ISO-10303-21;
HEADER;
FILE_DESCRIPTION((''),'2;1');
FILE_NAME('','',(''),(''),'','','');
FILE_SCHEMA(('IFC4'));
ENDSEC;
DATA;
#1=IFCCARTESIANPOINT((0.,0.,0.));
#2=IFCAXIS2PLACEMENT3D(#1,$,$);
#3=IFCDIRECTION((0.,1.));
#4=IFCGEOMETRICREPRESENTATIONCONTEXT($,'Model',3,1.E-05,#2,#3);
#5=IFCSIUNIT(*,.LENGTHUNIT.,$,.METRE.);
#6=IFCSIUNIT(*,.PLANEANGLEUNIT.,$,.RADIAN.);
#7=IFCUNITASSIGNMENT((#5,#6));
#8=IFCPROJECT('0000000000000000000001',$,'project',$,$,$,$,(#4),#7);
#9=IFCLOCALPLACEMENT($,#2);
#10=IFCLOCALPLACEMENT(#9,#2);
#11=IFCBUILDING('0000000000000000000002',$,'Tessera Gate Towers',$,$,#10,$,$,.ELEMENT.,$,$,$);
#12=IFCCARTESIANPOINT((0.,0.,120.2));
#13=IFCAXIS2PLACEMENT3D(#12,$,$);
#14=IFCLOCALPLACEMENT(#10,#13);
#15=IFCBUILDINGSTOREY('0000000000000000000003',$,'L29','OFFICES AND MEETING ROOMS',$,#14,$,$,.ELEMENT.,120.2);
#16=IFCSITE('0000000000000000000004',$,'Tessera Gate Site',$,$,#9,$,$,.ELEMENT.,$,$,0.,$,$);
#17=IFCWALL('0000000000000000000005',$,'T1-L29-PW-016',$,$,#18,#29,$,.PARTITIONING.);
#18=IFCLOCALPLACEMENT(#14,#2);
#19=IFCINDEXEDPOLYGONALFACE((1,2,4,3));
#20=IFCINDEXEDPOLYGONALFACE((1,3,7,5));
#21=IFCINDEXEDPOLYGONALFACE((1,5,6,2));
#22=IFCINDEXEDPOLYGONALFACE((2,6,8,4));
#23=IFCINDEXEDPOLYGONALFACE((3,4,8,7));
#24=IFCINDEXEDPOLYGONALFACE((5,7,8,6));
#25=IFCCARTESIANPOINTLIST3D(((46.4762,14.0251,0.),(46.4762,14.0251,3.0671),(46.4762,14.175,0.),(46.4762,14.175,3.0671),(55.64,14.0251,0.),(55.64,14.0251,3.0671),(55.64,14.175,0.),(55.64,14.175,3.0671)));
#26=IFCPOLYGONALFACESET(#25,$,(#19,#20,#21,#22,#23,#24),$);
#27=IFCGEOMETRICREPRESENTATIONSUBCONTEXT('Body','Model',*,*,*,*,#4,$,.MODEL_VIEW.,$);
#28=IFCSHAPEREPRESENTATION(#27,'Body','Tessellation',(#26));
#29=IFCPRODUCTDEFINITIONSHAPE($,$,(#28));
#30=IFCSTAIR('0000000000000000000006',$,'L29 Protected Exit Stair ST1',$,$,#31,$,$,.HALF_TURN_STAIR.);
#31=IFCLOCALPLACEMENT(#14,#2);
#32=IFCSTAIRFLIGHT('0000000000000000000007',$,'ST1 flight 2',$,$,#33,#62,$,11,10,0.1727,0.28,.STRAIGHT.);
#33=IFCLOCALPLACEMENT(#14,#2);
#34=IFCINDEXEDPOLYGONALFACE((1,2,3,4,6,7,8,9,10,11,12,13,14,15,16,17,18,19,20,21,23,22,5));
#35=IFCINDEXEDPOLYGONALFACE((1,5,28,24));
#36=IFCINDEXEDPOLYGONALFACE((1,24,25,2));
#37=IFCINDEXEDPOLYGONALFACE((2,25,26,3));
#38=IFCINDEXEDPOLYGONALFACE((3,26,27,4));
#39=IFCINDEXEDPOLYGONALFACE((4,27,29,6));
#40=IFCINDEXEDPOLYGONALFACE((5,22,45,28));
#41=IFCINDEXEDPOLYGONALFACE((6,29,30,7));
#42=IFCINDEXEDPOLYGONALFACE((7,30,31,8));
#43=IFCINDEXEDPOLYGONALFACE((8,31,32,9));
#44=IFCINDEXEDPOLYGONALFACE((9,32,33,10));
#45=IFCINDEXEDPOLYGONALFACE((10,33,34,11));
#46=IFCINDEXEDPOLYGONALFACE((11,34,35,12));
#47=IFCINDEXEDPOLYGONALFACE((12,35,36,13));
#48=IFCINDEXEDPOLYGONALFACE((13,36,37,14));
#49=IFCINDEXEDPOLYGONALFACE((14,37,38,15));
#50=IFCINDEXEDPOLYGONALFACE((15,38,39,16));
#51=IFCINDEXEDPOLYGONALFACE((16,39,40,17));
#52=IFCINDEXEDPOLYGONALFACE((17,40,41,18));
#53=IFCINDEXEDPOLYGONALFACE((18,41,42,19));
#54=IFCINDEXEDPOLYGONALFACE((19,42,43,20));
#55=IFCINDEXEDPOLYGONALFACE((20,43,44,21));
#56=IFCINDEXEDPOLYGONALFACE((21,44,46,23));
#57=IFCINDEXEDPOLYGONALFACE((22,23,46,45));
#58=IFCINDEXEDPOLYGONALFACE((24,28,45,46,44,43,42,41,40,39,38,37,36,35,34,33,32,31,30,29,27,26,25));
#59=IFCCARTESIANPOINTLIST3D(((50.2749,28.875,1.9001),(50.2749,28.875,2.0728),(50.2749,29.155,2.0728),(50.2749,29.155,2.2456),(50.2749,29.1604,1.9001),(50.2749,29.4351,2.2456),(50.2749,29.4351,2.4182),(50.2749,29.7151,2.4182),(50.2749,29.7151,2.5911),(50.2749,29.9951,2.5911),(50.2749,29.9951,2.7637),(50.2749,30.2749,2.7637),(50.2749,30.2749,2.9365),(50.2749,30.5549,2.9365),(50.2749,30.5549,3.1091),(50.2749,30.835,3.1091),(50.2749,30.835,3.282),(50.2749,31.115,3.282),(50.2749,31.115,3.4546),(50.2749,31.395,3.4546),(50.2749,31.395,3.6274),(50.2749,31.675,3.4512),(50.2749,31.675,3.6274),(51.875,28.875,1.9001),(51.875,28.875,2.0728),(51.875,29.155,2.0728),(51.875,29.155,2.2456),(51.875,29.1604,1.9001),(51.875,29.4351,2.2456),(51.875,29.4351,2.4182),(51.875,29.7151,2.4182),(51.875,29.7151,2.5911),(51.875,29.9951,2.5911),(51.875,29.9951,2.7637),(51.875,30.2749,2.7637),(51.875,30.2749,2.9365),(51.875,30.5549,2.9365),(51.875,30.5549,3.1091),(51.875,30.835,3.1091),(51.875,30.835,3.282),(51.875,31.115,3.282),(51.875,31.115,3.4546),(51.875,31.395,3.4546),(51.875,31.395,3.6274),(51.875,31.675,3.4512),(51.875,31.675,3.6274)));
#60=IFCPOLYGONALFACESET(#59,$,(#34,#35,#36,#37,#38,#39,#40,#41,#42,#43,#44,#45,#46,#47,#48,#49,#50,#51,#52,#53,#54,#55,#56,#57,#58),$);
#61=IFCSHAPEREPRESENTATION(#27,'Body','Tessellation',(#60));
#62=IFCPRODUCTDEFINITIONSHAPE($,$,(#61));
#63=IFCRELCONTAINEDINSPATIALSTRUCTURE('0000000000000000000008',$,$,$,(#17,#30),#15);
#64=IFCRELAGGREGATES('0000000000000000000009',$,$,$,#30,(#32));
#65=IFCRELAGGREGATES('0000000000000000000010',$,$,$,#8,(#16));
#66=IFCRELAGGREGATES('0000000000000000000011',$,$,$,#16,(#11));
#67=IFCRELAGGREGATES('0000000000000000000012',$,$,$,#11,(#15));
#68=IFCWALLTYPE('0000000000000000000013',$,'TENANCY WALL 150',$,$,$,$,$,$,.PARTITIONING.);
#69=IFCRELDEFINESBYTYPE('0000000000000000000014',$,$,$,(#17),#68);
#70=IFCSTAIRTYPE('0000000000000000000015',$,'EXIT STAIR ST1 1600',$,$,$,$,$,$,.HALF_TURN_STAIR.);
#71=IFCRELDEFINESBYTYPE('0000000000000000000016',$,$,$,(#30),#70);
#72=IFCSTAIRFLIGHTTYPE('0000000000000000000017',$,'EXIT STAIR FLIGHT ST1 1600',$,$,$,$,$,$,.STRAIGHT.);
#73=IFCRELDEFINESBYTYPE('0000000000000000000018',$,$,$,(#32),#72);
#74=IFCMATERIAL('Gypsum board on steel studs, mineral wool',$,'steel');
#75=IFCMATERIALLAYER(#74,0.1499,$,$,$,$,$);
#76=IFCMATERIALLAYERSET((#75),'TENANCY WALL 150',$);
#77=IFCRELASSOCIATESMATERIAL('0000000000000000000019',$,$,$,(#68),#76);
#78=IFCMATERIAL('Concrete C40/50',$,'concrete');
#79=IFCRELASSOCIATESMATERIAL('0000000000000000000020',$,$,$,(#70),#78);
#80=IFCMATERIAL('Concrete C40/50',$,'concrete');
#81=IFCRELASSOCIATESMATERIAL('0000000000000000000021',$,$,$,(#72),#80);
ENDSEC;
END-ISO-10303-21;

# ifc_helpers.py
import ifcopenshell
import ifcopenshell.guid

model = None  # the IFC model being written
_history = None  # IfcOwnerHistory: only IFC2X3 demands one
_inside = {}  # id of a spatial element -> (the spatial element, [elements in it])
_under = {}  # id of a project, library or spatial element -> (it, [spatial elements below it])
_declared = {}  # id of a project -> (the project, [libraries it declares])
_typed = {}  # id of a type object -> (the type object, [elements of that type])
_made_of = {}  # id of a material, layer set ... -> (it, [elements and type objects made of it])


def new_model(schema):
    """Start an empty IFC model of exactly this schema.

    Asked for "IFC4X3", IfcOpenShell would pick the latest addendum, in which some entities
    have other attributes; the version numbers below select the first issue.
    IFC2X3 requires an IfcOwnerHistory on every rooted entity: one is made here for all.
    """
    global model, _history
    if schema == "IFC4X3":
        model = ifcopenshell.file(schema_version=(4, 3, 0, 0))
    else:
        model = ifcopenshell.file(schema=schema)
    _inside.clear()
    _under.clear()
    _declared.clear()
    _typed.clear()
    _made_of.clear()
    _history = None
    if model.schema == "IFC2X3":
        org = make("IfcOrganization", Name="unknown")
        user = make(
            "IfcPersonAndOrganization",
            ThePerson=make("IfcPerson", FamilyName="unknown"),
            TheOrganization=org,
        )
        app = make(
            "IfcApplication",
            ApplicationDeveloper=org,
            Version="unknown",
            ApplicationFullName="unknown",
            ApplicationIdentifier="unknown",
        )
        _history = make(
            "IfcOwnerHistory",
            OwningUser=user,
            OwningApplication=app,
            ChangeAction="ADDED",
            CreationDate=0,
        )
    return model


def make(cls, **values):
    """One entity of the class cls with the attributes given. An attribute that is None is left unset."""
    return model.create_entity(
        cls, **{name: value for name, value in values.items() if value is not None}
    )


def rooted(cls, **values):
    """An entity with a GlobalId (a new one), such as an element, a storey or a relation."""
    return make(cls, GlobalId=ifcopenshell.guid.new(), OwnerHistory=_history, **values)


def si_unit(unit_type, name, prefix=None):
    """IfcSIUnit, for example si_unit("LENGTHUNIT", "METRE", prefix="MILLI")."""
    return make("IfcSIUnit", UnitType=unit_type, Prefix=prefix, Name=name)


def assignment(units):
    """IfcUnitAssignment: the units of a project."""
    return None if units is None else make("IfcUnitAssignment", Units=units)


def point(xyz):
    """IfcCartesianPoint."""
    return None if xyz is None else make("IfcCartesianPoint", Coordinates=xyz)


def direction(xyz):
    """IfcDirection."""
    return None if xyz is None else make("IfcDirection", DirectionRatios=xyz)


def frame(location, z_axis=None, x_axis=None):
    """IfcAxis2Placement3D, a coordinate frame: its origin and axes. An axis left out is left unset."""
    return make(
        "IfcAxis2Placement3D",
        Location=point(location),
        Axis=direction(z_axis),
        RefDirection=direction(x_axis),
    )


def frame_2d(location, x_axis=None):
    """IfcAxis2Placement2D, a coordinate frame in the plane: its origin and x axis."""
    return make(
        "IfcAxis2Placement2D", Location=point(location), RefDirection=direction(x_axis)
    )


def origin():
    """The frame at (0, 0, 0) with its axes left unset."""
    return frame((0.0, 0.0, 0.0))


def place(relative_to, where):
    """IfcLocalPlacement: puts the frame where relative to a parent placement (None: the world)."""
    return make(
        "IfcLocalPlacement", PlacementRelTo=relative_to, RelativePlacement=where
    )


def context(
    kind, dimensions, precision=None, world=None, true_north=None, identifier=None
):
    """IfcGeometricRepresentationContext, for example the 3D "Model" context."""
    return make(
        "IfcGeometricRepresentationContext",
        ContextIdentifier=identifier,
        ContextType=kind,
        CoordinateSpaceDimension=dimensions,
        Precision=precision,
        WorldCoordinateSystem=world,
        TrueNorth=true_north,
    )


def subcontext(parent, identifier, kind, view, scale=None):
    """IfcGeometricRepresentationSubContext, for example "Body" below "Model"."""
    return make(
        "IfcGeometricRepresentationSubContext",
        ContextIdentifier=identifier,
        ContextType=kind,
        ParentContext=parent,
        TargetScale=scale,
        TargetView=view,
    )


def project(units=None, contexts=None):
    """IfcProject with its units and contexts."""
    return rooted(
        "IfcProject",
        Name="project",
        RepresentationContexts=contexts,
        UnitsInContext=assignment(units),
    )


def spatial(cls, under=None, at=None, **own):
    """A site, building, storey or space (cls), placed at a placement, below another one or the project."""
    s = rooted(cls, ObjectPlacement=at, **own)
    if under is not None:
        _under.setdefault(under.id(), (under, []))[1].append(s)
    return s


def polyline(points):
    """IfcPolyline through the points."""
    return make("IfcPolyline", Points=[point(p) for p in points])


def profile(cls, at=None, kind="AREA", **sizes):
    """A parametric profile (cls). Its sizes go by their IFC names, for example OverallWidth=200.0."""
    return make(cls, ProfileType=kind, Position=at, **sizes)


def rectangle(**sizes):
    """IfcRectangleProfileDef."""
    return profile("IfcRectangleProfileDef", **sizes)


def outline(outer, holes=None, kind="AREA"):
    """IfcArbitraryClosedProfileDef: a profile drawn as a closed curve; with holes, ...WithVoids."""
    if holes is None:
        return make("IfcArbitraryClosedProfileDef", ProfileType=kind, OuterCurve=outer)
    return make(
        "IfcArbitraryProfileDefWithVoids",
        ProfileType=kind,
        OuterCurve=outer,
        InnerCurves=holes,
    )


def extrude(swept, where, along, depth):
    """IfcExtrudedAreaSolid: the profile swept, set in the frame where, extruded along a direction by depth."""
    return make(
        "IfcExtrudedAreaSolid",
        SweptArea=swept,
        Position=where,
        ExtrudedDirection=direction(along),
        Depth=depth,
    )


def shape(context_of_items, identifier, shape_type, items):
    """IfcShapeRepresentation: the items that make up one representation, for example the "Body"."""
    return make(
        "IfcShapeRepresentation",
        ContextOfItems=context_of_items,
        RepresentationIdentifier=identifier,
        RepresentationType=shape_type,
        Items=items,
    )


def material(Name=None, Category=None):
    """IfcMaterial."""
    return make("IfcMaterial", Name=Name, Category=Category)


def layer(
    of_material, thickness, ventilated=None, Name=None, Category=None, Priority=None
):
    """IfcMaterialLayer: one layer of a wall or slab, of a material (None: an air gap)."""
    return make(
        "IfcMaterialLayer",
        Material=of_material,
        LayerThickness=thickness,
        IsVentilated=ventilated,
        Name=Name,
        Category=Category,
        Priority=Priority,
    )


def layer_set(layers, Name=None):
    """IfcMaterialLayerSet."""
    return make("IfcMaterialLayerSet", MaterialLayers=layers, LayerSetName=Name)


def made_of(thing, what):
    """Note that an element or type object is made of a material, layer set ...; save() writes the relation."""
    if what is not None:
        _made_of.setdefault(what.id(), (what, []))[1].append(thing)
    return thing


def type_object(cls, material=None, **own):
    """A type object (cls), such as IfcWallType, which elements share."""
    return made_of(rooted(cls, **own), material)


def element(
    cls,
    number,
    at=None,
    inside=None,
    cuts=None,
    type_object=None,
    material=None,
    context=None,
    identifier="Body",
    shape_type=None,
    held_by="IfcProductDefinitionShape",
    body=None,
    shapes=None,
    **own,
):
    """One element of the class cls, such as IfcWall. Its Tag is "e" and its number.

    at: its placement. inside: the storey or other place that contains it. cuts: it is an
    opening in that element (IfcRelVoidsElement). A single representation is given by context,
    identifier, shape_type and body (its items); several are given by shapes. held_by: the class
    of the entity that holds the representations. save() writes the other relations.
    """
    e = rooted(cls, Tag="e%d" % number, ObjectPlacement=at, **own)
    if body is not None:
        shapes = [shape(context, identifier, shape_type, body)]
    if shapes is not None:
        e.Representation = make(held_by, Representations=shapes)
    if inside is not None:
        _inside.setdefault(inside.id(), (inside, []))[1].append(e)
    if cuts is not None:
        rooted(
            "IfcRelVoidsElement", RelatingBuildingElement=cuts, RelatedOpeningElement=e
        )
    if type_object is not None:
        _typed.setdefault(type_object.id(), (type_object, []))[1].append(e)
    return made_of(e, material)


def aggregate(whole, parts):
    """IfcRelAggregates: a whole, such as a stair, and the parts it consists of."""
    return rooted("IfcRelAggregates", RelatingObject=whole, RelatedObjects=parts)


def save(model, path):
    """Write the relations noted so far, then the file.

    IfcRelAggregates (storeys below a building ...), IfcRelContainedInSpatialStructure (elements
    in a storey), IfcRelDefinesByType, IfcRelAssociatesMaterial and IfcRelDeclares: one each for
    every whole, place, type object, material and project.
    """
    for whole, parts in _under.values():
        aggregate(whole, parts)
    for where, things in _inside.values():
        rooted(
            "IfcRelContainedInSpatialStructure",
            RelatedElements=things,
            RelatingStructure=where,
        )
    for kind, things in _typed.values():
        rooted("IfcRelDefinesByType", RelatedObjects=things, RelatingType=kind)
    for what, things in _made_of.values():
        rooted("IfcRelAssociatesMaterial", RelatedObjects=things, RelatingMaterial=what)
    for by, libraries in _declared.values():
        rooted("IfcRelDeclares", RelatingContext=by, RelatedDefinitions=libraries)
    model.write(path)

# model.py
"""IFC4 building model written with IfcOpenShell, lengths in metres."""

from ifc_helpers import new_model, si_unit, direction, frame, frame_2d, origin, place, context, subcontext, project, spatial, polyline, rectangle, outline, extrude, material, layer, layer_set, type_object, element, aggregate, save


model = new_model("IFC4")

# Units and contexts
model_context = context("Model", 3, precision=1e-05, world=origin(), true_north=direction((0.0, 1.0)))
body_context = subcontext(model_context, "Body", "Model", "MODEL_VIEW")
ifc_project = project(units=[si_unit("LENGTHUNIT", "METRE"), si_unit("PLANEANGLEUNIT", "RADIAN")], contexts=[model_context])

# Site, building, storey
site_placement = place(None, origin())
site = spatial("IfcSite", under=ifc_project, at=site_placement, Name="Tessera Gate Site", CompositionType="ELEMENT", RefElevation=0.0)
building_placement = place(site_placement, origin())
building = spatial("IfcBuilding", under=site, at=building_placement, Name="Tessera Gate Towers", CompositionType="ELEMENT")
storey_placement = place(building_placement, frame((0.0, 0.0, 120.2)))
storey = spatial("IfcBuildingStorey", under=building, at=storey_placement, Name="L29", Description="OFFICES AND MEETING ROOMS", CompositionType="ELEMENT", Elevation=120.2)

# Wall
ifc_material_1 = material(Name="Gypsum board on steel studs, mineral wool", Category="steel")
ifc_layer_1 = layer(ifc_material_1, 0.1499)
ifc_layer_set_1 = layer_set([ifc_layer_1], Name="TENANCY WALL 150")
wall_type_1 = type_object("IfcWallType", Name="TENANCY WALL 150", PredefinedType="PARTITIONING", material=ifc_layer_set_1)
wall_1_placement = place(storey_placement, frame((46.4761, 14.1001, 0.0), z_axis=(0.0, 0.0, 1.0), x_axis=(1.0, 0.0, 0.0)))
element("IfcWall", 1, at=wall_1_placement, inside=storey, type_object=wall_type_1, Name="T1-L29-PW-016", PredefinedType="PARTITIONING", context=body_context, shape_type="SweptSolid", body=[
    extrude(rectangle(XDim=9.1638, YDim=0.1499, at=frame_2d((4.582, 0.0))), origin(), (0.0, 0.0, 1.0), 3.0671),
])

# Stair, stair flight
ifc_material_2 = material(Name="Concrete C40/50", Category="concrete")
stair_type = type_object("IfcStairType", Name="EXIT STAIR ST1 1600", PredefinedType="HALF_TURN_STAIR", material=ifc_material_2)
stair_placement = place(storey_placement, origin())
stair = element("IfcStair", 2, at=stair_placement, inside=storey, type_object=stair_type, Name="L29 Protected Exit Stair ST1", PredefinedType="HALF_TURN_STAIR")
ifc_material_3 = material(Name="Concrete C40/50", Category="concrete")
stair_flight_type = type_object("IfcStairFlightType", Name="EXIT STAIR FLIGHT ST1 1600", PredefinedType="STRAIGHT", material=ifc_material_3)
stair_flight_placement = place(storey_placement, frame((51.075, 28.875, 1.9001), z_axis=(0.0, 0.0, 1.0), x_axis=(0.0, 1.0, 0.0)))
stair_flight = element("IfcStairFlight", 3, at=stair_flight_placement, type_object=stair_flight_type, Name="ST1 flight 2", NumberOfRisers=11, NumberOfTreads=10, PredefinedType="STRAIGHT", RiserHeight=0.1727, TreadLength=0.28, context=body_context, shape_type="SweptSolid", body=[
    extrude(outline(polyline([(0.0, 0.0), (0.0, 0.1726), (0.28, 0.1726), (0.28, 0.3455), (0.5601, 0.3455), (0.5601, 0.5181), (0.8401, 0.5181), (0.8401, 0.6909), (1.1201, 0.6909), (1.1201, 0.8635), (1.3999, 0.8635), (1.3999, 1.0364), (1.6799, 1.0364), (1.6799, 1.209), (1.96, 1.209), (1.96, 1.3818), (2.24, 1.3818), (2.24, 1.5544), (2.52, 1.5544), (2.52, 1.7273), (2.8, 1.7273), (2.8, 1.8999), (2.8, 1.551), (0.2854, 0.0), (0.0, 0.0)])), frame((0.0, 0.8, 0.0), z_axis=(0.0, -1.0, 0.0), x_axis=(1.0, 0.0, 0.0)), (0.0, 0.0, 1.0), 1.6001),
])
aggregate(stair, [stair_flight])

save(model, "model.ifc")
